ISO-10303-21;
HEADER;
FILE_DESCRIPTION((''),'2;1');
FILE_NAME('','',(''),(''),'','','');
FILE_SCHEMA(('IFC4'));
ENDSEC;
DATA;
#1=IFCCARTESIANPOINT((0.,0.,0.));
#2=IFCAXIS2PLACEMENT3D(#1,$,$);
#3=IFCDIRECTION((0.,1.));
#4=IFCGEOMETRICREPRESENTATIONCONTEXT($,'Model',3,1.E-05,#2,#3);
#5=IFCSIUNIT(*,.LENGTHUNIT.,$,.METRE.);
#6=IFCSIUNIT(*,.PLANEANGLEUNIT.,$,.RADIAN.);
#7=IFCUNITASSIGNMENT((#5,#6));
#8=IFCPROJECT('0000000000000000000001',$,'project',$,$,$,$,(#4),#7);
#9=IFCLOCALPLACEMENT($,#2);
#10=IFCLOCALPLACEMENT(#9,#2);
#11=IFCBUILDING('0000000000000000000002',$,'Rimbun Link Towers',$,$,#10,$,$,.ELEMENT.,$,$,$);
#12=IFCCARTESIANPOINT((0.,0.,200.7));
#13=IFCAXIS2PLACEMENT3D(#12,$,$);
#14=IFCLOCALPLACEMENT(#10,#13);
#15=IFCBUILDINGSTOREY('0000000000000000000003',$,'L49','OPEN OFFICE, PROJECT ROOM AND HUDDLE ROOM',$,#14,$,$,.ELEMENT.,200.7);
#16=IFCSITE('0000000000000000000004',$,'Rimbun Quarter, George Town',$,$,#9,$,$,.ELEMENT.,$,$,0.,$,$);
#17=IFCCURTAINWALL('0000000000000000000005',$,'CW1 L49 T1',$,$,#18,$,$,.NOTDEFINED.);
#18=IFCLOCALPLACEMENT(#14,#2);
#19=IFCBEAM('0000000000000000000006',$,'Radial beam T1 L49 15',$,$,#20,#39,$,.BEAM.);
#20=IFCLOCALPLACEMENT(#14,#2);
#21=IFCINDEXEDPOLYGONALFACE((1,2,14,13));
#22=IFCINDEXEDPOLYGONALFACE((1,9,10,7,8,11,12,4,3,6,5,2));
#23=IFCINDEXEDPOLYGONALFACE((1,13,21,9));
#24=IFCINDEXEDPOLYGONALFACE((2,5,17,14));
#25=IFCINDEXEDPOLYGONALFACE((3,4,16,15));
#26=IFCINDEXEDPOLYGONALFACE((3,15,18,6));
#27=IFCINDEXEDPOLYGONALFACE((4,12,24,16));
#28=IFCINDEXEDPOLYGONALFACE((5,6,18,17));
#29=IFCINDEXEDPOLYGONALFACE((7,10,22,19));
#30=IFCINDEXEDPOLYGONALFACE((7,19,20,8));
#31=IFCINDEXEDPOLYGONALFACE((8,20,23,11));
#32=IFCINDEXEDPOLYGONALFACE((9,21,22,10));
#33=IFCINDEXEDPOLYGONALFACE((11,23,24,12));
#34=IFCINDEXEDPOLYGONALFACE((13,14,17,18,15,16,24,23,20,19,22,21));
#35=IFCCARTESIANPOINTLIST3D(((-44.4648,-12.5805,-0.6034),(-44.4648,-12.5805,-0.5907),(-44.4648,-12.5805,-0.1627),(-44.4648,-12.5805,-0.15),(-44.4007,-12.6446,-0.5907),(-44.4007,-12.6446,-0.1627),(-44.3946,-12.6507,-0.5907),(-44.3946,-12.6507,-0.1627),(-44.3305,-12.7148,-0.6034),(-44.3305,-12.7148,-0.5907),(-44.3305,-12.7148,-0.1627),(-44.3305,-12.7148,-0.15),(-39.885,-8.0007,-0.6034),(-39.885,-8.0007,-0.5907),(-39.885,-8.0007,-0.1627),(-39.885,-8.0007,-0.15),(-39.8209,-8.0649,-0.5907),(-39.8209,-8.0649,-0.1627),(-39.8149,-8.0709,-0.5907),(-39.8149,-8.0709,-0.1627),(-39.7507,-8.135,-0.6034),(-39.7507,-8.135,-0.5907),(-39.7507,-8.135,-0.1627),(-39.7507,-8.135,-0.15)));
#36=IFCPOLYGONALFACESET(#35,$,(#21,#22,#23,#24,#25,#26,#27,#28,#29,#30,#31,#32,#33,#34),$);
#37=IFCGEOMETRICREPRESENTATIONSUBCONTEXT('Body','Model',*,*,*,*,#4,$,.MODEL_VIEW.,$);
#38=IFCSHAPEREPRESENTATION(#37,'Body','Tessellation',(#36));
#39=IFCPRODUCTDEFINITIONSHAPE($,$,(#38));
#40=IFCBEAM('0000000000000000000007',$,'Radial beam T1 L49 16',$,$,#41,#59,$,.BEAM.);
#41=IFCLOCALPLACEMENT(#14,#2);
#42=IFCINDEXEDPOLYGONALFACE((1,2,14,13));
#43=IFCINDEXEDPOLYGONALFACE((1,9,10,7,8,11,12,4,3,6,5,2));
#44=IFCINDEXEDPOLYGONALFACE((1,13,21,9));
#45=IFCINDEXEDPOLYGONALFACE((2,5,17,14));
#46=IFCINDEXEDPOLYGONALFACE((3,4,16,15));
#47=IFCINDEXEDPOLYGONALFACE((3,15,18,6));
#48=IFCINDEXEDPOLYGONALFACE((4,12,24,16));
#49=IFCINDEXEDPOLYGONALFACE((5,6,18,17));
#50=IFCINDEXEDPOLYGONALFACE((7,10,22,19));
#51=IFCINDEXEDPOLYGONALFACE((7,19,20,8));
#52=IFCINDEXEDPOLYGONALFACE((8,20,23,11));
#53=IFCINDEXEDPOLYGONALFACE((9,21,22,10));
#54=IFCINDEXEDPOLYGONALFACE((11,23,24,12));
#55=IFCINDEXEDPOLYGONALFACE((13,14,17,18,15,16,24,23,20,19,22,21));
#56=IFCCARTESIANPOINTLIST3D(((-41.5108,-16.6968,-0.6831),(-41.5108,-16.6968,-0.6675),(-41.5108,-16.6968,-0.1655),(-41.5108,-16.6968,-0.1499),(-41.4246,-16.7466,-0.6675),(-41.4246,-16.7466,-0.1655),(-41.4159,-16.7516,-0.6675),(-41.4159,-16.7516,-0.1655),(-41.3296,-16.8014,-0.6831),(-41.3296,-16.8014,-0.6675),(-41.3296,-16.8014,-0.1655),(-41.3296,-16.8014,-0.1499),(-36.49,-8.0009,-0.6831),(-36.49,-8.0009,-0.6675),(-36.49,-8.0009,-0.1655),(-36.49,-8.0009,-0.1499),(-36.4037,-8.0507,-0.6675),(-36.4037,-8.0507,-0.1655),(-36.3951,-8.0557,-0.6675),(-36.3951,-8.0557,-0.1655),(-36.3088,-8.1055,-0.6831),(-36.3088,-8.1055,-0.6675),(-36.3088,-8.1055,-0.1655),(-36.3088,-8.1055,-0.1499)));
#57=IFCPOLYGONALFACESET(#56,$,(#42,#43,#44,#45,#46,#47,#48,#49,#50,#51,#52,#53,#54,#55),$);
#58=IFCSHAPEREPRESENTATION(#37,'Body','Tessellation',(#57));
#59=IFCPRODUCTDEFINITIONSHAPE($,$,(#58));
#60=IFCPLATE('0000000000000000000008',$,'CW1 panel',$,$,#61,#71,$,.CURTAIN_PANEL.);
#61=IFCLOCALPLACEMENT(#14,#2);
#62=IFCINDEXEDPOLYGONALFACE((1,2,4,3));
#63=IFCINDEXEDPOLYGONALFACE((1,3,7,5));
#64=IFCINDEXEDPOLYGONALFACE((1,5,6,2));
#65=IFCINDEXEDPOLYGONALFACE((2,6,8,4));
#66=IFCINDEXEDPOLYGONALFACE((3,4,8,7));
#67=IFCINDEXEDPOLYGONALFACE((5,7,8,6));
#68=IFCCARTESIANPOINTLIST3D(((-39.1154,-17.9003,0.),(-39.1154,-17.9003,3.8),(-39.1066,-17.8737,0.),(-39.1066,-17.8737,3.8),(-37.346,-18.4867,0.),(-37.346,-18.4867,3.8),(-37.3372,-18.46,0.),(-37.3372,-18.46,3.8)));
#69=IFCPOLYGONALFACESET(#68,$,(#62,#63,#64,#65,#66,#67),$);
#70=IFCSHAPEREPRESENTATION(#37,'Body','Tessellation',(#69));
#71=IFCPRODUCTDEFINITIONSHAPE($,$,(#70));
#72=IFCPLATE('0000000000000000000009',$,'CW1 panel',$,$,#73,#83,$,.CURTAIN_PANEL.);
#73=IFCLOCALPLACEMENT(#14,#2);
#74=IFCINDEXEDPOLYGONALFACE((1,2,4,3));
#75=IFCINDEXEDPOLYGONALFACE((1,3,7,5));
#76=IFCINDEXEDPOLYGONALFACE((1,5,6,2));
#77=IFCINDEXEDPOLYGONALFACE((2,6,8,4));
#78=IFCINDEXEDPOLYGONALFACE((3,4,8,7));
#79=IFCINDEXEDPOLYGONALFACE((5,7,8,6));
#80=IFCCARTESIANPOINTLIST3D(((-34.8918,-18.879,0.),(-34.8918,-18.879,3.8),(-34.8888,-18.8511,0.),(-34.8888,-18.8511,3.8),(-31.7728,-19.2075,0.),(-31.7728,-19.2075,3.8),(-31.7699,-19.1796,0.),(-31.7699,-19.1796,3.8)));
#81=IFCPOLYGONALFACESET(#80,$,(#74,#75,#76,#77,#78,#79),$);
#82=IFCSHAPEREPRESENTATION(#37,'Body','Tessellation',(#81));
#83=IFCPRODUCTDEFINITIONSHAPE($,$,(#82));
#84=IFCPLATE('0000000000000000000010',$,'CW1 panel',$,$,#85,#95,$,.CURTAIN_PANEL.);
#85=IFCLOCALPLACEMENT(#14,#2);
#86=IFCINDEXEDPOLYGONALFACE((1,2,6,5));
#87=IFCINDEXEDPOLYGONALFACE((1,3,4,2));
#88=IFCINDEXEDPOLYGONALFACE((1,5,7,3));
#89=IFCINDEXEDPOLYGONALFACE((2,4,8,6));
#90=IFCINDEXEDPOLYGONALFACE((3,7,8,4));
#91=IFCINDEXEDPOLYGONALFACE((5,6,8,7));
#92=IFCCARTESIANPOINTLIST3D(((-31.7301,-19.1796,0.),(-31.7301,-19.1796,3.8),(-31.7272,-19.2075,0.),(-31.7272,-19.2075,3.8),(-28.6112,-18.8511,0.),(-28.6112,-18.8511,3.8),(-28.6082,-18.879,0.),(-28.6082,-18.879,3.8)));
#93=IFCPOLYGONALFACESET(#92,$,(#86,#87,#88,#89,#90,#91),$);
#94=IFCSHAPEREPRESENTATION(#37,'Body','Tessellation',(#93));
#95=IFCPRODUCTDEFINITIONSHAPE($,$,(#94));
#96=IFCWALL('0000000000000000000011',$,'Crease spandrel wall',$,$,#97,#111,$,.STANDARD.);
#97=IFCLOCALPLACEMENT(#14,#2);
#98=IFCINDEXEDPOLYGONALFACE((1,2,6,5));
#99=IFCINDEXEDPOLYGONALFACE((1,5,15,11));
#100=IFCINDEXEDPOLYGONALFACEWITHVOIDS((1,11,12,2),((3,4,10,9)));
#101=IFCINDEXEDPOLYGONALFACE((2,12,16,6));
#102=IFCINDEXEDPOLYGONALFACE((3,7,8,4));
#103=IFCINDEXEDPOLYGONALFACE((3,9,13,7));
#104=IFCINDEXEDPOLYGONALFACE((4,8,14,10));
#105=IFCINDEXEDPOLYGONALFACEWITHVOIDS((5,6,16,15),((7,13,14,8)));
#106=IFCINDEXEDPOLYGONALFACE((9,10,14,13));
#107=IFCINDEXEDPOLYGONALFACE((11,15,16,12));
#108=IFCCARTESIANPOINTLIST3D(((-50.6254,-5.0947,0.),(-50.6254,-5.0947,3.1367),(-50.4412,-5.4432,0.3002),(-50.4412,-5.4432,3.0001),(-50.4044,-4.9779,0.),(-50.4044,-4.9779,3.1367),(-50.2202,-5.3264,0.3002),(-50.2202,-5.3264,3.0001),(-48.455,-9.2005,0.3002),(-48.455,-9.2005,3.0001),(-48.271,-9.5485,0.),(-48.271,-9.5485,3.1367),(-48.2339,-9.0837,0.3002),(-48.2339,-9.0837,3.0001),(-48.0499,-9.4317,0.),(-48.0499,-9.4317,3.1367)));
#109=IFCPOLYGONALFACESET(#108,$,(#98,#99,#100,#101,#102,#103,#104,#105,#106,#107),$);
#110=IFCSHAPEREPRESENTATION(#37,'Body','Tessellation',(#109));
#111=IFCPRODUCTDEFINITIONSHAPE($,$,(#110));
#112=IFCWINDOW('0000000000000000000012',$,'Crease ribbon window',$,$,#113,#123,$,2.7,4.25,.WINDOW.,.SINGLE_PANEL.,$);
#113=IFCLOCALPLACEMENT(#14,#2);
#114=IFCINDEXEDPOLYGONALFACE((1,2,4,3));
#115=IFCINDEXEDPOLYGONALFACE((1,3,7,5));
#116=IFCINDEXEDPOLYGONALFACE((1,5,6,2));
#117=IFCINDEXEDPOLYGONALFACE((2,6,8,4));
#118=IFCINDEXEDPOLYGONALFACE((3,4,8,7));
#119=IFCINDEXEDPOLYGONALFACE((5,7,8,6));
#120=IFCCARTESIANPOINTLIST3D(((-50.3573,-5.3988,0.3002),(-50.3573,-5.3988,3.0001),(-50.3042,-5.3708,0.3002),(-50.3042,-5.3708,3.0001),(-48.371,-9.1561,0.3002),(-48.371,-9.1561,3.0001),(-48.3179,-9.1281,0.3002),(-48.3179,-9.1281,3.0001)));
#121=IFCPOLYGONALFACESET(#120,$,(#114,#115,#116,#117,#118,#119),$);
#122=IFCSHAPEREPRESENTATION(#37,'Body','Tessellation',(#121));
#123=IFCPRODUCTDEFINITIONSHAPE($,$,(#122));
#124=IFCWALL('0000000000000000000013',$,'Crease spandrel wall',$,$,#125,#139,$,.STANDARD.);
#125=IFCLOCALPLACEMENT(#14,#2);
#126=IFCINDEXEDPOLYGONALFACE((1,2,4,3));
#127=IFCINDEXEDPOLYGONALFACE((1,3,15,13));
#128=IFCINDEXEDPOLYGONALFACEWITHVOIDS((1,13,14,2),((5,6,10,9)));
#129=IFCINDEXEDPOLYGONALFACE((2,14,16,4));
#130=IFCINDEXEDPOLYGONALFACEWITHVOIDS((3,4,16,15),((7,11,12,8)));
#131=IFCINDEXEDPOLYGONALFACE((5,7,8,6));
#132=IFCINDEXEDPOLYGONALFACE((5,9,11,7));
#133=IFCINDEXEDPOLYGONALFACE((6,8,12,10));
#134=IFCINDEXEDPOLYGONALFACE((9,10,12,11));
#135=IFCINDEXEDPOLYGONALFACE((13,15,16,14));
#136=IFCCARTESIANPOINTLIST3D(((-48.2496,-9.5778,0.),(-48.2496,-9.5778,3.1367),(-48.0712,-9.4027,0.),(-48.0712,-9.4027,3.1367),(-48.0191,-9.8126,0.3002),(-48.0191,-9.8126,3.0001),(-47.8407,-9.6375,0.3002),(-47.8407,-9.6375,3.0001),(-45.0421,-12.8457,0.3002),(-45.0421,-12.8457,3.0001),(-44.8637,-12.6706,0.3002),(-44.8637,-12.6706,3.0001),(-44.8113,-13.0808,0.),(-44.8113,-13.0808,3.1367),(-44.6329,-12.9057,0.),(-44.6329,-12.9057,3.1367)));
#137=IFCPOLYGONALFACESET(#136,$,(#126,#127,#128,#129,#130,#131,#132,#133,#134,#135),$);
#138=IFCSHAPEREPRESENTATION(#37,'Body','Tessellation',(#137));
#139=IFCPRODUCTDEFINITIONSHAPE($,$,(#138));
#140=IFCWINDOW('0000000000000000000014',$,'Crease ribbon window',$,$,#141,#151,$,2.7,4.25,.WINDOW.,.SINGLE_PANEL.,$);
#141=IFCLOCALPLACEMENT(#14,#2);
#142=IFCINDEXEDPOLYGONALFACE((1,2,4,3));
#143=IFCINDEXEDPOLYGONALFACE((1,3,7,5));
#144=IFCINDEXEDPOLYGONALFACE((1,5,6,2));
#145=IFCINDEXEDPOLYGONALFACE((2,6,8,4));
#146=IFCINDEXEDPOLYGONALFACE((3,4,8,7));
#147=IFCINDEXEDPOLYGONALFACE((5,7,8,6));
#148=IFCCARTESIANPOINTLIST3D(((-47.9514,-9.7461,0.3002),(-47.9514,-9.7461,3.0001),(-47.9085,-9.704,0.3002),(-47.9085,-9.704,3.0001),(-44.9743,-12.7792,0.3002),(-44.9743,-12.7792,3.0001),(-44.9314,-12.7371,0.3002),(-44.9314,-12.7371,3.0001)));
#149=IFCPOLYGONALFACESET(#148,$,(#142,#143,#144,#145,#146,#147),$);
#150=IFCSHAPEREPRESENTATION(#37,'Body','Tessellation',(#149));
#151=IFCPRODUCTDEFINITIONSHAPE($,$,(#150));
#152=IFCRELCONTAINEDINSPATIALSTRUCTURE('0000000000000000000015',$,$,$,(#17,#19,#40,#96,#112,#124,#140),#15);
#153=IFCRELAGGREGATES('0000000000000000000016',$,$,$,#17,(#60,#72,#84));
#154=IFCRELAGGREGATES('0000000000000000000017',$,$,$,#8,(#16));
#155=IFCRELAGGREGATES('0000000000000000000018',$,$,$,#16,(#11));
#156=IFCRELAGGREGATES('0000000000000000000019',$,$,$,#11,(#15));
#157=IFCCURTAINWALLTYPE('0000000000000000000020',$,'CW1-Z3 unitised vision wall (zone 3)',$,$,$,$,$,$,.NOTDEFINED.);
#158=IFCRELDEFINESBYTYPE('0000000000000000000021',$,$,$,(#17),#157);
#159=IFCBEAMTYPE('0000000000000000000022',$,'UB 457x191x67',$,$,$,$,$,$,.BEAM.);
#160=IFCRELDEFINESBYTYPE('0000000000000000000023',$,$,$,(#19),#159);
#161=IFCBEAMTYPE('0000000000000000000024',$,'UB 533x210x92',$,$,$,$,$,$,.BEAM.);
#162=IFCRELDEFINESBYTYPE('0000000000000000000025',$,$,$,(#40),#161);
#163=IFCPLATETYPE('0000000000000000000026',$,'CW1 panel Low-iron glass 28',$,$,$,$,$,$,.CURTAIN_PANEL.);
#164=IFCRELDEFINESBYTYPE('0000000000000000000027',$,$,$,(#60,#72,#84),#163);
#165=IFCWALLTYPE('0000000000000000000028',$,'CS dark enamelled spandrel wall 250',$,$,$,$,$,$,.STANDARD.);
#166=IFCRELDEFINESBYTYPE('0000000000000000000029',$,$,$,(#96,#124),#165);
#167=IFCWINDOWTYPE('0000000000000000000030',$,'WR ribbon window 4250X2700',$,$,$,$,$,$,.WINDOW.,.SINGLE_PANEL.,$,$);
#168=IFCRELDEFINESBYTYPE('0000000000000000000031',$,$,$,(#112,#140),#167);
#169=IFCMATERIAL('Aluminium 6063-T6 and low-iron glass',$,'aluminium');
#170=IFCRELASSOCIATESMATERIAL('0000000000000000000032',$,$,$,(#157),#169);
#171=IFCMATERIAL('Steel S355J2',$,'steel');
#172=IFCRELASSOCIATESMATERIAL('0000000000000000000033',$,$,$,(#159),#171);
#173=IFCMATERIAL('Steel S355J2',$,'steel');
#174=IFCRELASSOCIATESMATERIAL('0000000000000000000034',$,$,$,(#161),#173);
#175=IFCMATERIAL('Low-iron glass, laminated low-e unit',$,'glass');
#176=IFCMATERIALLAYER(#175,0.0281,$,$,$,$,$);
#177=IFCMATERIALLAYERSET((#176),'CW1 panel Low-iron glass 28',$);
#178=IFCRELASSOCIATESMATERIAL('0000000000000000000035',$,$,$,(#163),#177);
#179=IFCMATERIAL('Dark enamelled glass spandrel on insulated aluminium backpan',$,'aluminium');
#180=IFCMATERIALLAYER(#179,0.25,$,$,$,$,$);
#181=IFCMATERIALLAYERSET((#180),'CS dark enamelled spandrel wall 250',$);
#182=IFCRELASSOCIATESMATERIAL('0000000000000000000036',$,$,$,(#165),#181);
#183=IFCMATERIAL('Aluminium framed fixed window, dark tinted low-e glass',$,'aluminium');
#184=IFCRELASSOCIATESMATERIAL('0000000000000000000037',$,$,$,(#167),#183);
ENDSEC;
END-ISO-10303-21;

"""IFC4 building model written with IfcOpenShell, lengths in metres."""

from ifc_helpers import new_model, si_unit, direction, frame, frame_2d, origin, origin_2d, place, context, subcontext, project, spatial, rectangle, i_section, extrude, material, layer, layer_set, material_profile, profile_set, type_object, element, fill, aggregate, save


model = new_model("IFC4")

# Units and contexts
model_context = context("Model", 3, precision=1e-05, world=origin(), true_north=direction((0.0, 1.0)))
body_context = subcontext(model_context, "Body", "Model", "MODEL_VIEW")
ifc_project = project(units=[si_unit("LENGTHUNIT", "METRE"), si_unit("PLANEANGLEUNIT", "RADIAN")], contexts=[model_context])

# Site, building, storey
site_placement = place(None, origin())
site = spatial("IfcSite", under=ifc_project, at=site_placement, Name="Rimbun Quarter, George Town", CompositionType="ELEMENT", RefElevation=0.0)
building_placement = place(site_placement, origin())
building = spatial("IfcBuilding", under=site, at=building_placement, Name="Rimbun Link Towers", CompositionType="ELEMENT")
storey_placement = place(building_placement, frame((0.0, 0.0, 200.7)))
storey = spatial("IfcBuildingStorey", under=building, at=storey_placement, Name="L49", Description="OPEN OFFICE, PROJECT ROOM AND HUDDLE ROOM", CompositionType="ELEMENT", Elevation=200.7)

# Curtain wall
ifc_material_1 = material(Name="Aluminium 6063-T6 and low-iron glass", Category="aluminium")
curtain_wall_type = type_object("IfcCurtainWallType", Name="CW1-Z3 unitised vision wall (zone 3)", PredefinedType="NOTDEFINED", material=ifc_material_1)
curtain_wall_placement = place(storey_placement, origin())
curtain_wall = element("IfcCurtainWall", 1, at=curtain_wall_placement, inside=storey, type_object=curtain_wall_type, Name="CW1 L49 T1", PredefinedType="NOTDEFINED")

# Beams
ifc_material_2 = material(Name="Steel S355J2", Category="steel")
ifc_material_profile_1 = material_profile(ifc_material_2, i_section(OverallWidth=0.1899, OverallDepth=0.4534, WebThickness=0.0085, FlangeThickness=0.0127, at=origin_2d()), Name="UB 457x191x67")
ifc_profile_set_1 = profile_set([ifc_material_profile_1], Name="Steel S355J2")
beam_type_1 = type_object("IfcBeamType", Name="UB 457x191x67", PredefinedType="BEAM", material=ifc_profile_set_1)
beam_1_placement = place(storey_placement, frame((-39.8179, -8.0679, -0.3767), z_axis=(-0.707107, -0.707107, 0.0), x_axis=(0.707107, -0.707107, 0.0)))
element("IfcBeam", 2, at=beam_1_placement, inside=storey, type_object=beam_type_1, Name="Radial beam T1 L49 15", PredefinedType="BEAM", context=body_context, shape_type="SweptSolid", body=[
    extrude(i_section(OverallWidth=0.1899, OverallDepth=0.4534, WebThickness=0.0085, FlangeThickness=0.0127, at=origin_2d()), origin(), (0.0, 0.0, 1.0), 6.4768),
])
ifc_material_3 = material(Name="Steel S355J2", Category="steel")
ifc_material_profile_2 = material_profile(ifc_material_3, i_section(OverallWidth=0.2092, OverallDepth=0.5332, WebThickness=0.01, FlangeThickness=0.0156, at=origin_2d()), Name="UB 533x210x92")
ifc_profile_set_2 = profile_set([ifc_material_profile_2], Name="Steel S355J2")
beam_type_2 = type_object("IfcBeamType", Name="UB 533x210x92", PredefinedType="BEAM", material=ifc_profile_set_2)
beam_2_placement = place(storey_placement, frame((-36.3994, -8.0532, -0.4165), z_axis=(-0.500017, -0.866016, 0.0), x_axis=(0.866016, -0.500017, 0.0)))
element("IfcBeam", 3, at=beam_2_placement, inside=storey, type_object=beam_type_2, Name="Radial beam T1 L49 16", PredefinedType="BEAM", context=body_context, shape_type="SweptSolid", body=[
    extrude(i_section(OverallWidth=0.2092, OverallDepth=0.5332, WebThickness=0.01, FlangeThickness=0.0156, at=origin_2d()), origin(), (0.0, 0.0, 1.0), 10.0413),
])

# Plates
ifc_material_4 = material(Name="Low-iron glass, laminated low-e unit", Category="glass")
ifc_layer_1 = layer(ifc_material_4, 0.0281)
ifc_layer_set_1 = layer_set([ifc_layer_1], Name="CW1 panel Low-iron glass 28")
plate_type = type_object("IfcPlateType", Name="CW1 panel Low-iron glass 28", PredefinedType="CURTAIN_PANEL", material=ifc_layer_set_1)
plate_1_placement = place(storey_placement, frame((-38.2263, -18.1802, 0.0), z_axis=(0.0, 0.0, 1.0), x_axis=(-0.949238, 0.314558, 0.0)))
plate_1 = element("IfcPlate", 4, at=plate_1_placement, type_object=plate_type, Name="CW1 panel", PredefinedType="CURTAIN_PANEL", context=body_context, shape_type="SweptSolid", body=[
    extrude(rectangle(XDim=1.864, YDim=0.0281, at=origin_2d()), origin(), (0.0, 0.0, 1.0), 3.8),
])
plate_2_placement = place(storey_placement, frame((-33.3308, -19.0293, 0.0), z_axis=(0.0, 0.0, 1.0), x_axis=(-0.994499, 0.104748, 0.0)))
plate_2 = element("IfcPlate", 5, at=plate_2_placement, type_object=plate_type, Name="CW1 panel", PredefinedType="CURTAIN_PANEL", context=body_context, shape_type="SweptSolid", body=[
    extrude(rectangle(XDim=3.1362, YDim=0.0281, at=origin_2d()), origin(), (0.0, 0.0, 1.0), 3.8),
])
plate_3_placement = place(storey_placement, frame((-30.1692, -19.0293, 0.0), z_axis=(0.0, 0.0, 1.0), x_axis=(-0.994499, -0.104748, 0.0)))
plate_3 = element("IfcPlate", 6, at=plate_3_placement, type_object=plate_type, Name="CW1 panel", PredefinedType="CURTAIN_PANEL", context=body_context, shape_type="SweptSolid", body=[
    extrude(rectangle(XDim=3.1362, YDim=0.0281, at=origin_2d()), origin(), (0.0, 0.0, 1.0), 3.8),
])
aggregate(curtain_wall, [plate_1, plate_2, plate_3])

# Walls, openings, windows
ifc_material_5 = material(Name="Dark enamelled glass spandrel on insulated aluminium backpan", Category="aluminium")
ifc_layer_2 = layer(ifc_material_5, 0.25)
ifc_layer_set_2 = layer_set([ifc_layer_2], Name="CS dark enamelled spandrel wall 250")
wall_type_1 = type_object("IfcWallType", Name="CS dark enamelled spandrel wall 250", PredefinedType="STANDARD", material=ifc_layer_set_2)
wall_1_placement = place(storey_placement, frame((-48.1604, -9.4902, 0.0), z_axis=(0.0, 0.0, 1.0), x_axis=(-0.467355, 0.884069, 0.0)))
wall_1 = element("IfcWall", 7, at=wall_1_placement, inside=storey, type_object=wall_type_1, Name="Crease spandrel wall", PredefinedType="STANDARD", context=body_context, shape_type="SweptSolid", body=[
    extrude(rectangle(XDim=5.0378, YDim=0.25, at=frame_2d((2.519, 0.0))), origin(), (0.0, 0.0, 1.0), 3.1367),
])
opening_1_placement = place(wall_1_placement, frame((0.3938, 0.0, 0.3)))
opening_1 = element("IfcOpeningElement", 8, at=opening_1_placement, cuts=wall_1, PredefinedType="OPENING", context=body_context, shape_type="SweptSolid", body=[
    extrude(rectangle(XDim=4.25, YDim=2.7, at=frame_2d((2.125, 1.3501))), frame((0.0, 0.135, 0.0), z_axis=(0.0, -1.0, 0.0), x_axis=(1.0, 0.0, 0.0)), (0.0, 0.0, 1.0), 0.27),
])
ifc_material_6 = material(Name="Aluminium framed fixed window, dark tinted low-e glass", Category="aluminium")
window_type_1 = type_object("IfcWindowType", Name="WR ribbon window 4250X2700", PartitioningType="SINGLE_PANEL", PredefinedType="WINDOW", material=ifc_material_6)
window_1_placement = place(opening_1_placement, origin())
window_1 = element("IfcWindow", 9, at=window_1_placement, inside=storey, type_object=window_type_1, Name="Crease ribbon window", OverallHeight=2.7, OverallWidth=4.25, PartitioningType="SINGLE_PANEL", PredefinedType="WINDOW", context=body_context, shape_type="SweptSolid", body=[
    extrude(rectangle(XDim=4.25, YDim=2.7, at=frame_2d((2.125, 1.3501))), frame((0.0, 0.03, 0.0), z_axis=(0.0, -1.0, 0.0), x_axis=(1.0, 0.0, 0.0)), (0.0, 0.0, 1.0), 0.0601),
])
fill(opening_1, window_1)
wall_2_placement = place(storey_placement, frame((-44.7222, -12.9932, 0.0), z_axis=(0.0, 0.0, 1.0), x_axis=(-0.700486, 0.713667, 0.0)))
wall_2 = element("IfcWall", 10, at=wall_2_placement, inside=storey, type_object=wall_type_1, Name="Crease spandrel wall", PredefinedType="STANDARD", context=body_context, shape_type="SweptSolid", body=[
    extrude(rectangle(XDim=4.9084, YDim=0.25, at=frame_2d((2.4541, 0.0))), origin(), (0.0, 0.0, 1.0), 3.1367),
])
opening_2_placement = place(wall_2_placement, frame((0.3293, 0.0, 0.3)))
opening_2 = element("IfcOpeningElement", 11, at=opening_2_placement, cuts=wall_2, PredefinedType="OPENING", context=body_context, shape_type="SweptSolid", body=[
    extrude(rectangle(XDim=4.25, YDim=2.7, at=frame_2d((2.125, 1.3501))), frame((0.0, 0.135, 0.0), z_axis=(0.0, -1.0, 0.0), x_axis=(1.0, 0.0, 0.0)), (0.0, 0.0, 1.0), 0.27),
])
window_2_placement = place(opening_2_placement, origin())
window_2 = element("IfcWindow", 12, at=window_2_placement, inside=storey, type_object=window_type_1, Name="Crease ribbon window", OverallHeight=2.7, OverallWidth=4.25, PartitioningType="SINGLE_PANEL", PredefinedType="WINDOW", context=body_context, shape_type="SweptSolid", body=[
    extrude(rectangle(XDim=4.25, YDim=2.7, at=frame_2d((2.125, 1.3501))), frame((0.0, 0.03, 0.0), z_axis=(0.0, -1.0, 0.0), x_axis=(1.0, 0.0, 0.0)), (0.0, 0.0, 1.0), 0.0601),
])
fill(opening_2, window_2)

save(model, "model.ifc")
